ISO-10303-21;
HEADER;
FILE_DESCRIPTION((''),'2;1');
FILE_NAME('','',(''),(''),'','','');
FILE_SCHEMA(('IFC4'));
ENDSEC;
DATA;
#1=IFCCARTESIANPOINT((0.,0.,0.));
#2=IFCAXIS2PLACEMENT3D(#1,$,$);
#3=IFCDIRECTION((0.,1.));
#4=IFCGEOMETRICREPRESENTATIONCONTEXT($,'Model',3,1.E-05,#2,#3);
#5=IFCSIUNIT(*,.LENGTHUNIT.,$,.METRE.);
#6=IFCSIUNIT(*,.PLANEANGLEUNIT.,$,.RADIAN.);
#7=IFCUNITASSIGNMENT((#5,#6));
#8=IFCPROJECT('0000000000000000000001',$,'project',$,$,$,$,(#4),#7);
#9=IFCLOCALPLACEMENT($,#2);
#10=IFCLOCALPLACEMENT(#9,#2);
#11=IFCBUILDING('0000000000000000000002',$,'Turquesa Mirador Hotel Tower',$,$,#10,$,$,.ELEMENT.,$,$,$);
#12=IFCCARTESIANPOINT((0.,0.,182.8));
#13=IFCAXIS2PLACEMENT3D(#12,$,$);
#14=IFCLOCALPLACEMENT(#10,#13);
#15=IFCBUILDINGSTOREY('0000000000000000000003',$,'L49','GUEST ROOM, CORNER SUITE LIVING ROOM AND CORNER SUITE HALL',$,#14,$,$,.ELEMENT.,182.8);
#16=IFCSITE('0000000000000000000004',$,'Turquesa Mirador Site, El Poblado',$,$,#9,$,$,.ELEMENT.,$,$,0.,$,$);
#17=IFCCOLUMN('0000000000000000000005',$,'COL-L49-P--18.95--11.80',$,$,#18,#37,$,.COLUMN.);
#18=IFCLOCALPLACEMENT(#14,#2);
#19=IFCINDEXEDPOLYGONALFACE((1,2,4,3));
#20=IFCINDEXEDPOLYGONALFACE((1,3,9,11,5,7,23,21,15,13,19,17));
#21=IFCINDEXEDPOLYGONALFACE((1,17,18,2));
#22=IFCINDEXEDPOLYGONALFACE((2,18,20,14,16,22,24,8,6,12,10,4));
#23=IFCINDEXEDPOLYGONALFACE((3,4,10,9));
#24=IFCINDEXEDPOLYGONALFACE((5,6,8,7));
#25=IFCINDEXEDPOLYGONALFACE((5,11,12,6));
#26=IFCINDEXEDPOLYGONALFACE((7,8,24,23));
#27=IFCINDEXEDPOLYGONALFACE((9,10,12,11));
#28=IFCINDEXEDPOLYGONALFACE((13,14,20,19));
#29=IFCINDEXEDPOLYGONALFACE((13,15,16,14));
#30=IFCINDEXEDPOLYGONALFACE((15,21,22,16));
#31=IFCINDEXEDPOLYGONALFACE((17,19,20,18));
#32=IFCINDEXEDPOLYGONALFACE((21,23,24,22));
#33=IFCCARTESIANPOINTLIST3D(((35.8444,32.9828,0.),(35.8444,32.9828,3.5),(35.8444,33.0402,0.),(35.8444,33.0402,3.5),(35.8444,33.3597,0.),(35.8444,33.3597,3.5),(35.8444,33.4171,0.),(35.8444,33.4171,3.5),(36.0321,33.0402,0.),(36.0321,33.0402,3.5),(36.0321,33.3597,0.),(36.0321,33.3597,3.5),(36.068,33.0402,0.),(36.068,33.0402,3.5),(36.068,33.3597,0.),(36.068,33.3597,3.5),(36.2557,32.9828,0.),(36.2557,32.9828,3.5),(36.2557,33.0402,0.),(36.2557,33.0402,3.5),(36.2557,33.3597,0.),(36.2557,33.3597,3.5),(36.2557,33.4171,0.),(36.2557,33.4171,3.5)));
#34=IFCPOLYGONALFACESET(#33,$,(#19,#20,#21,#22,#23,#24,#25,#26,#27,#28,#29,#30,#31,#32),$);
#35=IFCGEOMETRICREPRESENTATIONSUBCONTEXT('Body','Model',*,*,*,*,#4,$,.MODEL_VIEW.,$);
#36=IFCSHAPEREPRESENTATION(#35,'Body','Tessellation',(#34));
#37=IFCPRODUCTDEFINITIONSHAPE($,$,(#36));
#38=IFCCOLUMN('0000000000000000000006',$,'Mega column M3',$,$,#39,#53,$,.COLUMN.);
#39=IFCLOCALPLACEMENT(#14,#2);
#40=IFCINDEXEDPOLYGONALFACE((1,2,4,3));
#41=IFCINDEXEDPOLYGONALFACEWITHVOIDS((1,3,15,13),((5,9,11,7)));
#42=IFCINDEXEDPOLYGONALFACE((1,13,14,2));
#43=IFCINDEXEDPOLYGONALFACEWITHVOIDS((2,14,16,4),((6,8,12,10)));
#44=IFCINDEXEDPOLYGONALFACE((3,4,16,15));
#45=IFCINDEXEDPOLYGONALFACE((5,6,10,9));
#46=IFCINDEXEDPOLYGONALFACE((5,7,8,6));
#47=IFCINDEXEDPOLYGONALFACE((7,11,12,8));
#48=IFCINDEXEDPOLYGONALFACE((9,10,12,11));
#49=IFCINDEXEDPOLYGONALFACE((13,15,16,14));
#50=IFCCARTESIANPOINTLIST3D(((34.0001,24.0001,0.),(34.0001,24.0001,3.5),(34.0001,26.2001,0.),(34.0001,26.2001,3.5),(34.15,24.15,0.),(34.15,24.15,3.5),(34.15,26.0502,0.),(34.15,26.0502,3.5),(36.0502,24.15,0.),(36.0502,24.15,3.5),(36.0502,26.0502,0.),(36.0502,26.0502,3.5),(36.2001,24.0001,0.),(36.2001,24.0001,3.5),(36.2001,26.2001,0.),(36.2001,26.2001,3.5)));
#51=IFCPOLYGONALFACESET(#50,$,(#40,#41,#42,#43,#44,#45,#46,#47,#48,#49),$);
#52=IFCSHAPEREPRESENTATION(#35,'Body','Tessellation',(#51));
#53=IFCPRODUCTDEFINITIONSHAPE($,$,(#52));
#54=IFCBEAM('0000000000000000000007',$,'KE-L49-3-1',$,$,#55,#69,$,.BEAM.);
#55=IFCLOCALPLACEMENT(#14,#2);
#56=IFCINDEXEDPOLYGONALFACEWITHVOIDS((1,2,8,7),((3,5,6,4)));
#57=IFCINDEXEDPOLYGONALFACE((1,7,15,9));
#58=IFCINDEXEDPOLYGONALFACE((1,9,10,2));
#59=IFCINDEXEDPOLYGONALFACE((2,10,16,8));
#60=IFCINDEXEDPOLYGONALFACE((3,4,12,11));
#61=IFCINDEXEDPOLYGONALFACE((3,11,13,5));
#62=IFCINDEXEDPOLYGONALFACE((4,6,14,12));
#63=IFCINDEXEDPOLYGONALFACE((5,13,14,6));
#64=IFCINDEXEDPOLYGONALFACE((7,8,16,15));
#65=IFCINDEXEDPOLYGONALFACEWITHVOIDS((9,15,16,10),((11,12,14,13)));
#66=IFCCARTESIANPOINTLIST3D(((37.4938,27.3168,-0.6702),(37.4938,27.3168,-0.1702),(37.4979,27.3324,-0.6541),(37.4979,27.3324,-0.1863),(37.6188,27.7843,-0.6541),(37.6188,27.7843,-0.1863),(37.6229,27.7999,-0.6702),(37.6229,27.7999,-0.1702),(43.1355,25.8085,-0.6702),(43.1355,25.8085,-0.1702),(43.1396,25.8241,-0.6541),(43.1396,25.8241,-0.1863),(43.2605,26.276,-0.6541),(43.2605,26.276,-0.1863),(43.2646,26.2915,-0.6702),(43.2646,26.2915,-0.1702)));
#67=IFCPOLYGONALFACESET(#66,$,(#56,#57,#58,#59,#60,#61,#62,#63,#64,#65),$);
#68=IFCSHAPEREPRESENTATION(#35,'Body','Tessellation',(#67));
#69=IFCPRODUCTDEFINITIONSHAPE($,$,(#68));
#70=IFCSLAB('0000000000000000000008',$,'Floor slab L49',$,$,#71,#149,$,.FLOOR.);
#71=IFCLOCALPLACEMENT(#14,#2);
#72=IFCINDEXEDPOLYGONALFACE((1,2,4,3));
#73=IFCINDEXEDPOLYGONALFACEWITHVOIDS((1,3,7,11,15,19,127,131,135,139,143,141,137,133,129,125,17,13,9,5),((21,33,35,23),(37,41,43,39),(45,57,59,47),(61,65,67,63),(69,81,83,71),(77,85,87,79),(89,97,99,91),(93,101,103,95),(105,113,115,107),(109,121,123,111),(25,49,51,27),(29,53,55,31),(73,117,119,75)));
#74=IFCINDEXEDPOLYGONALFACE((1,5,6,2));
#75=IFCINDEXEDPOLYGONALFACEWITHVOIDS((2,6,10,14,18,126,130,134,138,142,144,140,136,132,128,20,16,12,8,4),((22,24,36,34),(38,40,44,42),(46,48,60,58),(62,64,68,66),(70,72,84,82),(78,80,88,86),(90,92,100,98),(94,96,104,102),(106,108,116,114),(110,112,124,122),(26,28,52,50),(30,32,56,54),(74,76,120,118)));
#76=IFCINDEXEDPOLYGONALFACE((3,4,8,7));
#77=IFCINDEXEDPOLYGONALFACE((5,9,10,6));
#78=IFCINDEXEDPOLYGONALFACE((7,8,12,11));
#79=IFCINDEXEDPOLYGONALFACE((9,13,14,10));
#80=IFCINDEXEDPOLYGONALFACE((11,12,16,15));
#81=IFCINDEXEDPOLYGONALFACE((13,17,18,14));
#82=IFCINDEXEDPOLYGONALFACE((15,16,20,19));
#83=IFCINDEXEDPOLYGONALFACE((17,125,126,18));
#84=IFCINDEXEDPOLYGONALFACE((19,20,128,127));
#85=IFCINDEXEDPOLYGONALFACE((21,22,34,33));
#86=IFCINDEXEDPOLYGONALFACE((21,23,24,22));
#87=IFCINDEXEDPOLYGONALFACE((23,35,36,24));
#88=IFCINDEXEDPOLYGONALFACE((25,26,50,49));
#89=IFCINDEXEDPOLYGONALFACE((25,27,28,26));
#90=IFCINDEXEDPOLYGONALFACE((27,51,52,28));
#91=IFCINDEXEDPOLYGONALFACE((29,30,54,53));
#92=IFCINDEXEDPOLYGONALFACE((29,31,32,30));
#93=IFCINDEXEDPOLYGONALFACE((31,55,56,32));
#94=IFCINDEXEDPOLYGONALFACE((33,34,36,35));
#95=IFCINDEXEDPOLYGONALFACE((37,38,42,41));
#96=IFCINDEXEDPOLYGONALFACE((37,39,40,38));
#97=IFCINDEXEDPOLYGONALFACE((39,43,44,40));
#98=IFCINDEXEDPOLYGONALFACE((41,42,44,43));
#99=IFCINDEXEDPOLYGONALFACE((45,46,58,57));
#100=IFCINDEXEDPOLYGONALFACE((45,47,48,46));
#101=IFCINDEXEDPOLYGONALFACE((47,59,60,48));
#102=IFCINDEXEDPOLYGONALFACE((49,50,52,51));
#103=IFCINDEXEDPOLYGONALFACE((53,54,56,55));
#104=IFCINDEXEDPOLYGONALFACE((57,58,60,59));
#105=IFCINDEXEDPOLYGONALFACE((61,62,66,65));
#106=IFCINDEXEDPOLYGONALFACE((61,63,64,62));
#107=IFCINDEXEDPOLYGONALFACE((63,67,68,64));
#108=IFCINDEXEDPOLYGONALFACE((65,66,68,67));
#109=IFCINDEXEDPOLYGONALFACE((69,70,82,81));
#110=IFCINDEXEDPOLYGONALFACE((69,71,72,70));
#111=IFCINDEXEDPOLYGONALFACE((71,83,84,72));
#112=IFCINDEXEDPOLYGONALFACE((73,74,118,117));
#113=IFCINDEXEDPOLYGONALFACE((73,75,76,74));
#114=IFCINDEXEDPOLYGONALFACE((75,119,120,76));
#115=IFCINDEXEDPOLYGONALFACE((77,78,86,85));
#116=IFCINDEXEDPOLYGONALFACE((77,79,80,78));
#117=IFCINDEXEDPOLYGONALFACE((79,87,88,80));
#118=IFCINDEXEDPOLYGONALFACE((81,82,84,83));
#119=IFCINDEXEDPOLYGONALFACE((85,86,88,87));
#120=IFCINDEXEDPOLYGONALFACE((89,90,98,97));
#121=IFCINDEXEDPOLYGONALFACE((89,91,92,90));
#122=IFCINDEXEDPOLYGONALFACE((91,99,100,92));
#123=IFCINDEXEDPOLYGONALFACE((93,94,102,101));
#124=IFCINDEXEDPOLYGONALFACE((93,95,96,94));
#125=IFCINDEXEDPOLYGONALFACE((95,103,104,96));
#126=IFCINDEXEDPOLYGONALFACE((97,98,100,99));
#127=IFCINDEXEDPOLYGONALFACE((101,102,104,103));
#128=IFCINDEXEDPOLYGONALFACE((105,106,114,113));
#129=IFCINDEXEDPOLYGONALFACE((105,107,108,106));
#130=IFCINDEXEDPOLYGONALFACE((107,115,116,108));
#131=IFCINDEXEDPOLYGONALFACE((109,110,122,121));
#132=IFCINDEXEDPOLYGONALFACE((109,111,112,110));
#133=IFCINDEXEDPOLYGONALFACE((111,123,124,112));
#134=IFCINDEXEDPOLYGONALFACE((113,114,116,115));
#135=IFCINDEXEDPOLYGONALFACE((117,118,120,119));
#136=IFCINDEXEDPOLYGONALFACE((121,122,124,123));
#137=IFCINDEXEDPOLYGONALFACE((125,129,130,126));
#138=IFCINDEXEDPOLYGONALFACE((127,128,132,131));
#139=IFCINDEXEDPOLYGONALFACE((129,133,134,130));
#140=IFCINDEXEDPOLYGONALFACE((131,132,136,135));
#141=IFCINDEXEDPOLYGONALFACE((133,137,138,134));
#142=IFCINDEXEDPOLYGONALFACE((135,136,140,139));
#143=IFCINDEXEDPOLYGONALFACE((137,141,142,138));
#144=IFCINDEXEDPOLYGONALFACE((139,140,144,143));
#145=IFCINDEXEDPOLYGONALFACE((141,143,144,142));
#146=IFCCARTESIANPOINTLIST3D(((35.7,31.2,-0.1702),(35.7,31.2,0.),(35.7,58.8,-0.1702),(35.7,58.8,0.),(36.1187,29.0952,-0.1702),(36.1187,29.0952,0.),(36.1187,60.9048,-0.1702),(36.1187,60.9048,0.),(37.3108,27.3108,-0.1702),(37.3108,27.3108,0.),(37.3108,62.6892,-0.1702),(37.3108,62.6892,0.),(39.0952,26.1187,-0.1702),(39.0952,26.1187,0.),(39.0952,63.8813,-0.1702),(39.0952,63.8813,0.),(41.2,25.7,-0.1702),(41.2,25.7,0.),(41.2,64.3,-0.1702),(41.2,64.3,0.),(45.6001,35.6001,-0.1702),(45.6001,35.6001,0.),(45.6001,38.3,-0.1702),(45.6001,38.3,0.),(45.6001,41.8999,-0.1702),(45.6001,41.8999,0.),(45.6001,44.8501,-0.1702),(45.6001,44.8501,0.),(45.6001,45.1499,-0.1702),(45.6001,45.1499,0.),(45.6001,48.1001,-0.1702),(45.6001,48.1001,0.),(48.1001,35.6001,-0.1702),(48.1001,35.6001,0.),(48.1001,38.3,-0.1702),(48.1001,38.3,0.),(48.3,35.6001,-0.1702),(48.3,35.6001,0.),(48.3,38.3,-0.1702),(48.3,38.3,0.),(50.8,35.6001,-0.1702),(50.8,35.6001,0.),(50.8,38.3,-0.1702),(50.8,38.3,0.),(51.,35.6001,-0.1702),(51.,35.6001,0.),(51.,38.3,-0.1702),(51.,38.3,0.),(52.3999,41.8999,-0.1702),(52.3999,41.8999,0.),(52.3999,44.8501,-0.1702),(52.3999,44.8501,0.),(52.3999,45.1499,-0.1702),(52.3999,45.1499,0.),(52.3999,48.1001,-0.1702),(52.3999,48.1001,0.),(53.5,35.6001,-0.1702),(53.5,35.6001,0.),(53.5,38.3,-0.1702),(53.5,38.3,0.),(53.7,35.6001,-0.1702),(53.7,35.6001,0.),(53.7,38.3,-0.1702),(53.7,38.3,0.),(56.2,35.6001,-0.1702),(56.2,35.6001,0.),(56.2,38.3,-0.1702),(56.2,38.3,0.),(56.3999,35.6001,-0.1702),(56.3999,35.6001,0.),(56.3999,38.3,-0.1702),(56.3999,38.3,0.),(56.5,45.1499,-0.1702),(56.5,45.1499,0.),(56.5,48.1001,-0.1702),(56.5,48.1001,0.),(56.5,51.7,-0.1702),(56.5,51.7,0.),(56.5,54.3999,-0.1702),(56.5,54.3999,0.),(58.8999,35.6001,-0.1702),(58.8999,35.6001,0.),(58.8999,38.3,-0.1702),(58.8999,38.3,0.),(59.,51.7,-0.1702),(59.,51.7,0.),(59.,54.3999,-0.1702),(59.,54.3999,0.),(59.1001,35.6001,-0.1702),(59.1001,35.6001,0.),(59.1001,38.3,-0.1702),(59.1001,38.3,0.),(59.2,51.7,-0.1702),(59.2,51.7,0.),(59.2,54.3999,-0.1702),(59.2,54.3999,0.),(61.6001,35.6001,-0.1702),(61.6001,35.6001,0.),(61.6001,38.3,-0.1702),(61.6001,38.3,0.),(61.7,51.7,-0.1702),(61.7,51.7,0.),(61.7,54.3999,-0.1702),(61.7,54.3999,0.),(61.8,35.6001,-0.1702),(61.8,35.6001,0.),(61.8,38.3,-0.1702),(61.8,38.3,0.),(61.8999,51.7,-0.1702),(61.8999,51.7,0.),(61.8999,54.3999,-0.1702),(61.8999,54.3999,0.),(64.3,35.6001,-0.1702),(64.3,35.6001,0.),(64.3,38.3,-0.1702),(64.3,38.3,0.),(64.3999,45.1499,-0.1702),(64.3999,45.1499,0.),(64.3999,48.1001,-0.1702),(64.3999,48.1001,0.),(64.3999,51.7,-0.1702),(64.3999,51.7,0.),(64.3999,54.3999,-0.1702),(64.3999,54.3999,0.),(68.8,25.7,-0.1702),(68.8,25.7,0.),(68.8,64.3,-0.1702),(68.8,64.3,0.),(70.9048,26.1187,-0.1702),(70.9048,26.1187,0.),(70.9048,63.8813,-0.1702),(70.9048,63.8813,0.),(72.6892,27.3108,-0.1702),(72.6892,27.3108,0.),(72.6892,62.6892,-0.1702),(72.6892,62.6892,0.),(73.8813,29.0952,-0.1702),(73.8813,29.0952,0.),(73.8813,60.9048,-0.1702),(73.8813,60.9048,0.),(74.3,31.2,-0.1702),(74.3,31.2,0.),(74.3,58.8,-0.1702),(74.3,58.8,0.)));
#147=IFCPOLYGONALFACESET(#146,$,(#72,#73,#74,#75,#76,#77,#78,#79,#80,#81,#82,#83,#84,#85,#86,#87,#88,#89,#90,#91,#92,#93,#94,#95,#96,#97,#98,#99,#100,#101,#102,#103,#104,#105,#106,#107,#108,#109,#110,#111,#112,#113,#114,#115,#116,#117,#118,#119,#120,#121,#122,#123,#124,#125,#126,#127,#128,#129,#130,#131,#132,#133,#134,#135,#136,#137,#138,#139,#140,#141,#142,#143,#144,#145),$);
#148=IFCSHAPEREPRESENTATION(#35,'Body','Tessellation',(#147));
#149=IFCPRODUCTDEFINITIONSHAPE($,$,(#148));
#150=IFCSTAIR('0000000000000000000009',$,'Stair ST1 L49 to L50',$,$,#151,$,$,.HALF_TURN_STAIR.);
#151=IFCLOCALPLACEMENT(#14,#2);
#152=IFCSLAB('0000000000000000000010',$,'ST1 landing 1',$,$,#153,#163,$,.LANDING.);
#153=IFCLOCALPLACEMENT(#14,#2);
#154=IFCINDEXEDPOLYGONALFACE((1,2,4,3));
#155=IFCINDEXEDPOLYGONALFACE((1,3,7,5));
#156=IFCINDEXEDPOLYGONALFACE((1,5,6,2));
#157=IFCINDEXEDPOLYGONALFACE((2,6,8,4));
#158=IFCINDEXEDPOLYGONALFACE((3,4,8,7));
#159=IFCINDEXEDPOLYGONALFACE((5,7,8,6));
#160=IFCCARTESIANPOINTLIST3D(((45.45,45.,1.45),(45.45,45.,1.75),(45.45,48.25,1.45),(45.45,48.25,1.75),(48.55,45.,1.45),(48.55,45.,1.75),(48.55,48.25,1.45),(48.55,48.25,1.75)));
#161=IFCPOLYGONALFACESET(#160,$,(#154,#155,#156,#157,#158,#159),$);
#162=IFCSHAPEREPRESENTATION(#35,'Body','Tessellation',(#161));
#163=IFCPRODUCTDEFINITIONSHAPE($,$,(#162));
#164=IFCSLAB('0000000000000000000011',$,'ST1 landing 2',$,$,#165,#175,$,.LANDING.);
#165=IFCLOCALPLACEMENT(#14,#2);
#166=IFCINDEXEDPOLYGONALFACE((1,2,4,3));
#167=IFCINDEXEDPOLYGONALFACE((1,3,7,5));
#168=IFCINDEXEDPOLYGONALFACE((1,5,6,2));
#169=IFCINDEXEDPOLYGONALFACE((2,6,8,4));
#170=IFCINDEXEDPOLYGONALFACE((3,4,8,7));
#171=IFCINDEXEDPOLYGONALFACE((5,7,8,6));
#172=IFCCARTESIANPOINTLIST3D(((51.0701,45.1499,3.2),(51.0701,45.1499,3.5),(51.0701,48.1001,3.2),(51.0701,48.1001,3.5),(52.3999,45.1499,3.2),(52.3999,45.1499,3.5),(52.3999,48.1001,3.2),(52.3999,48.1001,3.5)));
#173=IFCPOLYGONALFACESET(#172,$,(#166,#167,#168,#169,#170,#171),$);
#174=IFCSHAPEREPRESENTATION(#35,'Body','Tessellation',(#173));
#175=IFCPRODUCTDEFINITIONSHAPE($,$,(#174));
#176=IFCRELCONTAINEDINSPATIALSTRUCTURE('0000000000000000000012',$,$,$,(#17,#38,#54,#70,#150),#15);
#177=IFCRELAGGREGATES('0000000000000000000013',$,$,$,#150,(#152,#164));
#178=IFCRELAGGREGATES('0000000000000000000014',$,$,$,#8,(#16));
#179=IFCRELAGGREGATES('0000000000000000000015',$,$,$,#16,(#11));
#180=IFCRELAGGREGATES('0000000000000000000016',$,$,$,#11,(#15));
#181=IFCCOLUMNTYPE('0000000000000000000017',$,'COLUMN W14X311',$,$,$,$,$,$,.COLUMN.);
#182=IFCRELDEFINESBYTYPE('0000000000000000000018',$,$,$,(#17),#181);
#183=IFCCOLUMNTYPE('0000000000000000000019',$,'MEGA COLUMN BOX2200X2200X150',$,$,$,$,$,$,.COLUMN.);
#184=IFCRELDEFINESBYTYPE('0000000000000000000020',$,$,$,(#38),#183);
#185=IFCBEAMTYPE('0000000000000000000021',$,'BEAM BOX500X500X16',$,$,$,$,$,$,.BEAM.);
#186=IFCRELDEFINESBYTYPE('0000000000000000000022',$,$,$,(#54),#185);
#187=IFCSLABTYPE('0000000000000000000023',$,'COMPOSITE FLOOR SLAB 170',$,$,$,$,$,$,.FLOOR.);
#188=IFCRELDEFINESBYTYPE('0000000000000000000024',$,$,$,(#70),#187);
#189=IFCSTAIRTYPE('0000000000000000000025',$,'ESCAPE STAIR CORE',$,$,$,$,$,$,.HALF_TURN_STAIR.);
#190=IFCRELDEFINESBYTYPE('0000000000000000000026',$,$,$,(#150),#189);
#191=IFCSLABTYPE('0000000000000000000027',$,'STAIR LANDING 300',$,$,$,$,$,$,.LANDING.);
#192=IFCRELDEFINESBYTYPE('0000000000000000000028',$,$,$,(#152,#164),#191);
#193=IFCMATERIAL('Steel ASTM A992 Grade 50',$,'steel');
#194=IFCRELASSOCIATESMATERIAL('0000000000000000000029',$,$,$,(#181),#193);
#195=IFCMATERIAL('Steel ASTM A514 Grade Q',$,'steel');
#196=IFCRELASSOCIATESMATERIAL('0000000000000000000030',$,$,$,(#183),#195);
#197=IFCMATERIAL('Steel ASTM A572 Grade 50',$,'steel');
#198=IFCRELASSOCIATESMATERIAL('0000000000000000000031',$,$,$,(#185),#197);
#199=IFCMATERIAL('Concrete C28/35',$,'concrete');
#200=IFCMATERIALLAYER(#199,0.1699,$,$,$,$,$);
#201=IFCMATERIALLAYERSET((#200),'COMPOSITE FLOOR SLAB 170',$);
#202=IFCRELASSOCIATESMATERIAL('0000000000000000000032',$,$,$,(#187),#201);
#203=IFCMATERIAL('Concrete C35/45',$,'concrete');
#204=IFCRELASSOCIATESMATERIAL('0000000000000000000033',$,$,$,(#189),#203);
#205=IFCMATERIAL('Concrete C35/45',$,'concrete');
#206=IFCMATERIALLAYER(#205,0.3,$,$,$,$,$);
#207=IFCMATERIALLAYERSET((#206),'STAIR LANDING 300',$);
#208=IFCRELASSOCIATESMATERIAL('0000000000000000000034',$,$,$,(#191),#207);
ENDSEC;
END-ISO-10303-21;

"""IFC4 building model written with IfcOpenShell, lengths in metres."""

from ifc_helpers import new_model, si_unit, direction, frame, origin, origin_2d, place, context, subcontext, project, spatial, polyline, hollow_rectangle, i_section, outline, extrude, material, layer, layer_set, material_profile, profile_set, type_object, element, aggregate, save


model = new_model("IFC4")

# Units and contexts
model_context = context("Model", 3, precision=1e-05, world=origin(), true_north=direction((0.0, 1.0)))
body_context = subcontext(model_context, "Body", "Model", "MODEL_VIEW")
ifc_project = project(units=[si_unit("LENGTHUNIT", "METRE"), si_unit("PLANEANGLEUNIT", "RADIAN")], contexts=[model_context])

# Site, building, storey
site_placement = place(None, origin())
site = spatial("IfcSite", under=ifc_project, at=site_placement, Name="Turquesa Mirador Site, El Poblado", CompositionType="ELEMENT", RefElevation=0.0)
building_placement = place(site_placement, origin())
building = spatial("IfcBuilding", under=site, at=building_placement, Name="Turquesa Mirador Hotel Tower", CompositionType="ELEMENT")
storey_placement = place(building_placement, frame((0.0, 0.0, 182.8)))
storey = spatial("IfcBuildingStorey", under=building, at=storey_placement, Name="L49", Description="GUEST ROOM, CORNER SUITE LIVING ROOM AND CORNER SUITE HALL", CompositionType="ELEMENT", Elevation=182.8)

# Columns
ifc_material_1 = material(Name="Steel ASTM A992 Grade 50", Category="steel")
ifc_material_profile_1 = material_profile(ifc_material_1, i_section(OverallWidth=0.4114, OverallDepth=0.4343, WebThickness=0.0359, FlangeThickness=0.0574, at=origin_2d()), Name="W14X311")
ifc_profile_set_1 = profile_set([ifc_material_profile_1], Name="Steel ASTM A992 Grade 50")
column_type_1 = type_object("IfcColumnType", Name="COLUMN W14X311", PredefinedType="COLUMN", material=ifc_profile_set_1)
column_1_placement = place(storey_placement, frame((36.05, 33.2, 0.0), z_axis=(0.0, 0.0, 1.0), x_axis=(1.0, 0.0, 0.0)))
element("IfcColumn", 1, at=column_1_placement, inside=storey, type_object=column_type_1, Name="COL-L49-P--18.95--11.80", PredefinedType="COLUMN", context=body_context, shape_type="SweptSolid", body=[
    extrude(i_section(OverallWidth=0.4114, OverallDepth=0.4343, WebThickness=0.0359, FlangeThickness=0.0574, at=origin_2d()), origin(), (0.0, 0.0, 1.0), 3.5),
])
ifc_material_2 = material(Name="Steel ASTM A514 Grade Q", Category="steel")
ifc_material_profile_2 = material_profile(ifc_material_2, hollow_rectangle(XDim=2.2, YDim=2.2, WallThickness=0.1499, at=origin_2d()), Name="BOX2200X2200X150")
ifc_profile_set_2 = profile_set([ifc_material_profile_2], Name="Steel ASTM A514 Grade Q")
column_type_2 = type_object("IfcColumnType", Name="MEGA COLUMN BOX2200X2200X150", PredefinedType="COLUMN", material=ifc_profile_set_2)
column_2_placement = place(storey_placement, frame((35.1001, 25.1001, 0.0), z_axis=(0.0, 0.0, 1.0), x_axis=(1.0, 0.0, 0.0)))
element("IfcColumn", 2, at=column_2_placement, inside=storey, type_object=column_type_2, Name="Mega column M3", PredefinedType="COLUMN", context=body_context, shape_type="SweptSolid", body=[
    extrude(hollow_rectangle(XDim=2.2, YDim=2.2, WallThickness=0.1499, at=origin_2d()), origin(), (0.0, 0.0, 1.0), 3.5),
])

# Beam
ifc_material_3 = material(Name="Steel ASTM A572 Grade 50", Category="steel")
ifc_material_profile_3 = material_profile(ifc_material_3, hollow_rectangle(XDim=0.5, YDim=0.5, WallThickness=0.0161, at=origin_2d()), Name="BOX500X500X16")
ifc_profile_set_3 = profile_set([ifc_material_profile_3], Name="Steel ASTM A572 Grade 50")
beam_type = type_object("IfcBeamType", Name="BEAM BOX500X500X16", PredefinedType="BEAM", material=ifc_profile_set_3)
beam_placement = place(storey_placement, frame((37.5583, 27.5583, -0.4202), z_axis=(0.96607, -0.258282, 0.0), x_axis=(0.258282, 0.96607, 0.0)))
element("IfcBeam", 3, at=beam_placement, inside=storey, type_object=beam_type, Name="KE-L49-3-1", PredefinedType="BEAM", context=body_context, shape_type="SweptSolid", body=[
    extrude(hollow_rectangle(XDim=0.5, YDim=0.5, WallThickness=0.0161, at=origin_2d()), origin(), (0.0, 0.0, 1.0), 5.8398),
])

# Slab
ifc_material_4 = material(Name="Concrete C28/35", Category="concrete")
ifc_layer_1 = layer(ifc_material_4, 0.1699)
ifc_layer_set_1 = layer_set([ifc_layer_1], Name="COMPOSITE FLOOR SLAB 170")
slab_type_1 = type_object("IfcSlabType", Name="COMPOSITE FLOOR SLAB 170", PredefinedType="FLOOR", material=ifc_layer_set_1)
slab_1_placement = place(storey_placement, frame((0.0, 0.0, -0.1702)))
element("IfcSlab", 4, at=slab_1_placement, inside=storey, type_object=slab_type_1, Name="Floor slab L49", PredefinedType="FLOOR", context=body_context, shape_type="SweptSolid", body=[
    extrude(outline(polyline([(68.8, 25.7), (70.9048, 26.1187), (72.6892, 27.3108), (73.8813, 29.0952), (74.3, 31.2), (74.3, 58.8), (73.8813, 60.9048), (72.6892, 62.6892), (70.9048, 63.8813), (68.8, 64.3), (41.2, 64.3), (39.0952, 63.8813), (37.3108, 62.6892), (36.1187, 60.9048), (35.7, 58.8), (35.7, 31.2), (36.1187, 29.0952), (37.3108, 27.3108), (39.0952, 26.1187), (41.2, 25.7), (68.8, 25.7)]), holes=[polyline([(56.5, 51.7), (59.0, 51.7), (59.0, 54.3999), (56.5, 54.3999), (56.5, 51.7)]), polyline([(59.2, 51.7), (61.7, 51.7), (61.7, 54.3999), (59.2, 54.3999), (59.2, 51.7)]), polyline([(45.6001, 35.6001), (48.1001, 35.6001), (48.1001, 38.3), (45.6001, 38.3), (45.6001, 35.6001)]), polyline([(48.3, 35.6001), (50.8, 35.6001), (50.8, 38.3), (48.3, 38.3), (48.3, 35.6001)]), polyline([(51.0, 35.6001), (53.5, 35.6001), (53.5, 38.3), (51.0, 38.3), (51.0, 35.6001)]), polyline([(53.7, 35.6001), (56.2, 35.6001), (56.2, 38.3), (53.7, 38.3), (53.7, 35.6001)]), polyline([(56.3999, 35.6001), (58.8999, 35.6001), (58.8999, 38.3), (56.3999, 38.3), (56.3999, 35.6001)]), polyline([(59.1001, 35.6001), (61.6001, 35.6001), (61.6001, 38.3), (59.1001, 38.3), (59.1001, 35.6001)]), polyline([(61.8, 35.6001), (64.3, 35.6001), (64.3, 38.3), (61.8, 38.3), (61.8, 35.6001)]), polyline([(45.6001, 45.1499), (52.3999, 45.1499), (52.3999, 48.1001), (45.6001, 48.1001), (45.6001, 45.1499)]), polyline([(45.6001, 41.8999), (52.3999, 41.8999), (52.3999, 44.8501), (45.6001, 44.8501), (45.6001, 41.8999)]), polyline([(56.5, 45.1499), (64.3999, 45.1499), (64.3999, 48.1001), (56.5, 48.1001), (56.5, 45.1499)]), polyline([(61.8999, 51.7), (64.3999, 51.7), (64.3999, 54.3999), (61.8999, 54.3999), (61.8999, 51.7)])]), origin(), (0.0, 0.0, 1.0), 0.1702),
])

# Stair, slabs
ifc_material_5 = material(Name="Concrete C35/45", Category="concrete")
stair_type = type_object("IfcStairType", Name="ESCAPE STAIR CORE", PredefinedType="HALF_TURN_STAIR", material=ifc_material_5)
stair_1_placement = place(storey_placement, origin())
stair_1 = element("IfcStair", 5, at=stair_1_placement, inside=storey, type_object=stair_type, Name="Stair ST1 L49 to L50", PredefinedType="HALF_TURN_STAIR")
ifc_material_6 = material(Name="Concrete C35/45", Category="concrete")
ifc_layer_2 = layer(ifc_material_6, 0.3)
ifc_layer_set_2 = layer_set([ifc_layer_2], Name="STAIR LANDING 300")
slab_type_2 = type_object("IfcSlabType", Name="STAIR LANDING 300", PredefinedType="LANDING", material=ifc_layer_set_2)
slab_2_placement = place(storey_placement, frame((0.0, 0.0, 1.45)))
slab_2 = element("IfcSlab", 6, at=slab_2_placement, type_object=slab_type_2, Name="ST1 landing 1", PredefinedType="LANDING", context=body_context, shape_type="SweptSolid", body=[
    extrude(outline(polyline([(45.45, 45.0), (48.55, 45.0), (48.55, 48.25), (45.45, 48.25), (45.45, 45.0)])), origin(), (0.0, 0.0, 1.0), 0.3),
])
slab_3_placement = place(storey_placement, frame((0.0, 0.0, 3.2)))
slab_3 = element("IfcSlab", 7, at=slab_3_placement, type_object=slab_type_2, Name="ST1 landing 2", PredefinedType="LANDING", context=body_context, shape_type="SweptSolid", body=[
    extrude(outline(polyline([(51.0701, 45.1499), (52.3999, 45.1499), (52.3999, 48.1001), (51.0701, 48.1001), (51.0701, 45.1499)])), origin(), (0.0, 0.0, 1.0), 0.3),
])
aggregate(stair_1, [slab_2, slab_3])

save(model, "model.ifc")
